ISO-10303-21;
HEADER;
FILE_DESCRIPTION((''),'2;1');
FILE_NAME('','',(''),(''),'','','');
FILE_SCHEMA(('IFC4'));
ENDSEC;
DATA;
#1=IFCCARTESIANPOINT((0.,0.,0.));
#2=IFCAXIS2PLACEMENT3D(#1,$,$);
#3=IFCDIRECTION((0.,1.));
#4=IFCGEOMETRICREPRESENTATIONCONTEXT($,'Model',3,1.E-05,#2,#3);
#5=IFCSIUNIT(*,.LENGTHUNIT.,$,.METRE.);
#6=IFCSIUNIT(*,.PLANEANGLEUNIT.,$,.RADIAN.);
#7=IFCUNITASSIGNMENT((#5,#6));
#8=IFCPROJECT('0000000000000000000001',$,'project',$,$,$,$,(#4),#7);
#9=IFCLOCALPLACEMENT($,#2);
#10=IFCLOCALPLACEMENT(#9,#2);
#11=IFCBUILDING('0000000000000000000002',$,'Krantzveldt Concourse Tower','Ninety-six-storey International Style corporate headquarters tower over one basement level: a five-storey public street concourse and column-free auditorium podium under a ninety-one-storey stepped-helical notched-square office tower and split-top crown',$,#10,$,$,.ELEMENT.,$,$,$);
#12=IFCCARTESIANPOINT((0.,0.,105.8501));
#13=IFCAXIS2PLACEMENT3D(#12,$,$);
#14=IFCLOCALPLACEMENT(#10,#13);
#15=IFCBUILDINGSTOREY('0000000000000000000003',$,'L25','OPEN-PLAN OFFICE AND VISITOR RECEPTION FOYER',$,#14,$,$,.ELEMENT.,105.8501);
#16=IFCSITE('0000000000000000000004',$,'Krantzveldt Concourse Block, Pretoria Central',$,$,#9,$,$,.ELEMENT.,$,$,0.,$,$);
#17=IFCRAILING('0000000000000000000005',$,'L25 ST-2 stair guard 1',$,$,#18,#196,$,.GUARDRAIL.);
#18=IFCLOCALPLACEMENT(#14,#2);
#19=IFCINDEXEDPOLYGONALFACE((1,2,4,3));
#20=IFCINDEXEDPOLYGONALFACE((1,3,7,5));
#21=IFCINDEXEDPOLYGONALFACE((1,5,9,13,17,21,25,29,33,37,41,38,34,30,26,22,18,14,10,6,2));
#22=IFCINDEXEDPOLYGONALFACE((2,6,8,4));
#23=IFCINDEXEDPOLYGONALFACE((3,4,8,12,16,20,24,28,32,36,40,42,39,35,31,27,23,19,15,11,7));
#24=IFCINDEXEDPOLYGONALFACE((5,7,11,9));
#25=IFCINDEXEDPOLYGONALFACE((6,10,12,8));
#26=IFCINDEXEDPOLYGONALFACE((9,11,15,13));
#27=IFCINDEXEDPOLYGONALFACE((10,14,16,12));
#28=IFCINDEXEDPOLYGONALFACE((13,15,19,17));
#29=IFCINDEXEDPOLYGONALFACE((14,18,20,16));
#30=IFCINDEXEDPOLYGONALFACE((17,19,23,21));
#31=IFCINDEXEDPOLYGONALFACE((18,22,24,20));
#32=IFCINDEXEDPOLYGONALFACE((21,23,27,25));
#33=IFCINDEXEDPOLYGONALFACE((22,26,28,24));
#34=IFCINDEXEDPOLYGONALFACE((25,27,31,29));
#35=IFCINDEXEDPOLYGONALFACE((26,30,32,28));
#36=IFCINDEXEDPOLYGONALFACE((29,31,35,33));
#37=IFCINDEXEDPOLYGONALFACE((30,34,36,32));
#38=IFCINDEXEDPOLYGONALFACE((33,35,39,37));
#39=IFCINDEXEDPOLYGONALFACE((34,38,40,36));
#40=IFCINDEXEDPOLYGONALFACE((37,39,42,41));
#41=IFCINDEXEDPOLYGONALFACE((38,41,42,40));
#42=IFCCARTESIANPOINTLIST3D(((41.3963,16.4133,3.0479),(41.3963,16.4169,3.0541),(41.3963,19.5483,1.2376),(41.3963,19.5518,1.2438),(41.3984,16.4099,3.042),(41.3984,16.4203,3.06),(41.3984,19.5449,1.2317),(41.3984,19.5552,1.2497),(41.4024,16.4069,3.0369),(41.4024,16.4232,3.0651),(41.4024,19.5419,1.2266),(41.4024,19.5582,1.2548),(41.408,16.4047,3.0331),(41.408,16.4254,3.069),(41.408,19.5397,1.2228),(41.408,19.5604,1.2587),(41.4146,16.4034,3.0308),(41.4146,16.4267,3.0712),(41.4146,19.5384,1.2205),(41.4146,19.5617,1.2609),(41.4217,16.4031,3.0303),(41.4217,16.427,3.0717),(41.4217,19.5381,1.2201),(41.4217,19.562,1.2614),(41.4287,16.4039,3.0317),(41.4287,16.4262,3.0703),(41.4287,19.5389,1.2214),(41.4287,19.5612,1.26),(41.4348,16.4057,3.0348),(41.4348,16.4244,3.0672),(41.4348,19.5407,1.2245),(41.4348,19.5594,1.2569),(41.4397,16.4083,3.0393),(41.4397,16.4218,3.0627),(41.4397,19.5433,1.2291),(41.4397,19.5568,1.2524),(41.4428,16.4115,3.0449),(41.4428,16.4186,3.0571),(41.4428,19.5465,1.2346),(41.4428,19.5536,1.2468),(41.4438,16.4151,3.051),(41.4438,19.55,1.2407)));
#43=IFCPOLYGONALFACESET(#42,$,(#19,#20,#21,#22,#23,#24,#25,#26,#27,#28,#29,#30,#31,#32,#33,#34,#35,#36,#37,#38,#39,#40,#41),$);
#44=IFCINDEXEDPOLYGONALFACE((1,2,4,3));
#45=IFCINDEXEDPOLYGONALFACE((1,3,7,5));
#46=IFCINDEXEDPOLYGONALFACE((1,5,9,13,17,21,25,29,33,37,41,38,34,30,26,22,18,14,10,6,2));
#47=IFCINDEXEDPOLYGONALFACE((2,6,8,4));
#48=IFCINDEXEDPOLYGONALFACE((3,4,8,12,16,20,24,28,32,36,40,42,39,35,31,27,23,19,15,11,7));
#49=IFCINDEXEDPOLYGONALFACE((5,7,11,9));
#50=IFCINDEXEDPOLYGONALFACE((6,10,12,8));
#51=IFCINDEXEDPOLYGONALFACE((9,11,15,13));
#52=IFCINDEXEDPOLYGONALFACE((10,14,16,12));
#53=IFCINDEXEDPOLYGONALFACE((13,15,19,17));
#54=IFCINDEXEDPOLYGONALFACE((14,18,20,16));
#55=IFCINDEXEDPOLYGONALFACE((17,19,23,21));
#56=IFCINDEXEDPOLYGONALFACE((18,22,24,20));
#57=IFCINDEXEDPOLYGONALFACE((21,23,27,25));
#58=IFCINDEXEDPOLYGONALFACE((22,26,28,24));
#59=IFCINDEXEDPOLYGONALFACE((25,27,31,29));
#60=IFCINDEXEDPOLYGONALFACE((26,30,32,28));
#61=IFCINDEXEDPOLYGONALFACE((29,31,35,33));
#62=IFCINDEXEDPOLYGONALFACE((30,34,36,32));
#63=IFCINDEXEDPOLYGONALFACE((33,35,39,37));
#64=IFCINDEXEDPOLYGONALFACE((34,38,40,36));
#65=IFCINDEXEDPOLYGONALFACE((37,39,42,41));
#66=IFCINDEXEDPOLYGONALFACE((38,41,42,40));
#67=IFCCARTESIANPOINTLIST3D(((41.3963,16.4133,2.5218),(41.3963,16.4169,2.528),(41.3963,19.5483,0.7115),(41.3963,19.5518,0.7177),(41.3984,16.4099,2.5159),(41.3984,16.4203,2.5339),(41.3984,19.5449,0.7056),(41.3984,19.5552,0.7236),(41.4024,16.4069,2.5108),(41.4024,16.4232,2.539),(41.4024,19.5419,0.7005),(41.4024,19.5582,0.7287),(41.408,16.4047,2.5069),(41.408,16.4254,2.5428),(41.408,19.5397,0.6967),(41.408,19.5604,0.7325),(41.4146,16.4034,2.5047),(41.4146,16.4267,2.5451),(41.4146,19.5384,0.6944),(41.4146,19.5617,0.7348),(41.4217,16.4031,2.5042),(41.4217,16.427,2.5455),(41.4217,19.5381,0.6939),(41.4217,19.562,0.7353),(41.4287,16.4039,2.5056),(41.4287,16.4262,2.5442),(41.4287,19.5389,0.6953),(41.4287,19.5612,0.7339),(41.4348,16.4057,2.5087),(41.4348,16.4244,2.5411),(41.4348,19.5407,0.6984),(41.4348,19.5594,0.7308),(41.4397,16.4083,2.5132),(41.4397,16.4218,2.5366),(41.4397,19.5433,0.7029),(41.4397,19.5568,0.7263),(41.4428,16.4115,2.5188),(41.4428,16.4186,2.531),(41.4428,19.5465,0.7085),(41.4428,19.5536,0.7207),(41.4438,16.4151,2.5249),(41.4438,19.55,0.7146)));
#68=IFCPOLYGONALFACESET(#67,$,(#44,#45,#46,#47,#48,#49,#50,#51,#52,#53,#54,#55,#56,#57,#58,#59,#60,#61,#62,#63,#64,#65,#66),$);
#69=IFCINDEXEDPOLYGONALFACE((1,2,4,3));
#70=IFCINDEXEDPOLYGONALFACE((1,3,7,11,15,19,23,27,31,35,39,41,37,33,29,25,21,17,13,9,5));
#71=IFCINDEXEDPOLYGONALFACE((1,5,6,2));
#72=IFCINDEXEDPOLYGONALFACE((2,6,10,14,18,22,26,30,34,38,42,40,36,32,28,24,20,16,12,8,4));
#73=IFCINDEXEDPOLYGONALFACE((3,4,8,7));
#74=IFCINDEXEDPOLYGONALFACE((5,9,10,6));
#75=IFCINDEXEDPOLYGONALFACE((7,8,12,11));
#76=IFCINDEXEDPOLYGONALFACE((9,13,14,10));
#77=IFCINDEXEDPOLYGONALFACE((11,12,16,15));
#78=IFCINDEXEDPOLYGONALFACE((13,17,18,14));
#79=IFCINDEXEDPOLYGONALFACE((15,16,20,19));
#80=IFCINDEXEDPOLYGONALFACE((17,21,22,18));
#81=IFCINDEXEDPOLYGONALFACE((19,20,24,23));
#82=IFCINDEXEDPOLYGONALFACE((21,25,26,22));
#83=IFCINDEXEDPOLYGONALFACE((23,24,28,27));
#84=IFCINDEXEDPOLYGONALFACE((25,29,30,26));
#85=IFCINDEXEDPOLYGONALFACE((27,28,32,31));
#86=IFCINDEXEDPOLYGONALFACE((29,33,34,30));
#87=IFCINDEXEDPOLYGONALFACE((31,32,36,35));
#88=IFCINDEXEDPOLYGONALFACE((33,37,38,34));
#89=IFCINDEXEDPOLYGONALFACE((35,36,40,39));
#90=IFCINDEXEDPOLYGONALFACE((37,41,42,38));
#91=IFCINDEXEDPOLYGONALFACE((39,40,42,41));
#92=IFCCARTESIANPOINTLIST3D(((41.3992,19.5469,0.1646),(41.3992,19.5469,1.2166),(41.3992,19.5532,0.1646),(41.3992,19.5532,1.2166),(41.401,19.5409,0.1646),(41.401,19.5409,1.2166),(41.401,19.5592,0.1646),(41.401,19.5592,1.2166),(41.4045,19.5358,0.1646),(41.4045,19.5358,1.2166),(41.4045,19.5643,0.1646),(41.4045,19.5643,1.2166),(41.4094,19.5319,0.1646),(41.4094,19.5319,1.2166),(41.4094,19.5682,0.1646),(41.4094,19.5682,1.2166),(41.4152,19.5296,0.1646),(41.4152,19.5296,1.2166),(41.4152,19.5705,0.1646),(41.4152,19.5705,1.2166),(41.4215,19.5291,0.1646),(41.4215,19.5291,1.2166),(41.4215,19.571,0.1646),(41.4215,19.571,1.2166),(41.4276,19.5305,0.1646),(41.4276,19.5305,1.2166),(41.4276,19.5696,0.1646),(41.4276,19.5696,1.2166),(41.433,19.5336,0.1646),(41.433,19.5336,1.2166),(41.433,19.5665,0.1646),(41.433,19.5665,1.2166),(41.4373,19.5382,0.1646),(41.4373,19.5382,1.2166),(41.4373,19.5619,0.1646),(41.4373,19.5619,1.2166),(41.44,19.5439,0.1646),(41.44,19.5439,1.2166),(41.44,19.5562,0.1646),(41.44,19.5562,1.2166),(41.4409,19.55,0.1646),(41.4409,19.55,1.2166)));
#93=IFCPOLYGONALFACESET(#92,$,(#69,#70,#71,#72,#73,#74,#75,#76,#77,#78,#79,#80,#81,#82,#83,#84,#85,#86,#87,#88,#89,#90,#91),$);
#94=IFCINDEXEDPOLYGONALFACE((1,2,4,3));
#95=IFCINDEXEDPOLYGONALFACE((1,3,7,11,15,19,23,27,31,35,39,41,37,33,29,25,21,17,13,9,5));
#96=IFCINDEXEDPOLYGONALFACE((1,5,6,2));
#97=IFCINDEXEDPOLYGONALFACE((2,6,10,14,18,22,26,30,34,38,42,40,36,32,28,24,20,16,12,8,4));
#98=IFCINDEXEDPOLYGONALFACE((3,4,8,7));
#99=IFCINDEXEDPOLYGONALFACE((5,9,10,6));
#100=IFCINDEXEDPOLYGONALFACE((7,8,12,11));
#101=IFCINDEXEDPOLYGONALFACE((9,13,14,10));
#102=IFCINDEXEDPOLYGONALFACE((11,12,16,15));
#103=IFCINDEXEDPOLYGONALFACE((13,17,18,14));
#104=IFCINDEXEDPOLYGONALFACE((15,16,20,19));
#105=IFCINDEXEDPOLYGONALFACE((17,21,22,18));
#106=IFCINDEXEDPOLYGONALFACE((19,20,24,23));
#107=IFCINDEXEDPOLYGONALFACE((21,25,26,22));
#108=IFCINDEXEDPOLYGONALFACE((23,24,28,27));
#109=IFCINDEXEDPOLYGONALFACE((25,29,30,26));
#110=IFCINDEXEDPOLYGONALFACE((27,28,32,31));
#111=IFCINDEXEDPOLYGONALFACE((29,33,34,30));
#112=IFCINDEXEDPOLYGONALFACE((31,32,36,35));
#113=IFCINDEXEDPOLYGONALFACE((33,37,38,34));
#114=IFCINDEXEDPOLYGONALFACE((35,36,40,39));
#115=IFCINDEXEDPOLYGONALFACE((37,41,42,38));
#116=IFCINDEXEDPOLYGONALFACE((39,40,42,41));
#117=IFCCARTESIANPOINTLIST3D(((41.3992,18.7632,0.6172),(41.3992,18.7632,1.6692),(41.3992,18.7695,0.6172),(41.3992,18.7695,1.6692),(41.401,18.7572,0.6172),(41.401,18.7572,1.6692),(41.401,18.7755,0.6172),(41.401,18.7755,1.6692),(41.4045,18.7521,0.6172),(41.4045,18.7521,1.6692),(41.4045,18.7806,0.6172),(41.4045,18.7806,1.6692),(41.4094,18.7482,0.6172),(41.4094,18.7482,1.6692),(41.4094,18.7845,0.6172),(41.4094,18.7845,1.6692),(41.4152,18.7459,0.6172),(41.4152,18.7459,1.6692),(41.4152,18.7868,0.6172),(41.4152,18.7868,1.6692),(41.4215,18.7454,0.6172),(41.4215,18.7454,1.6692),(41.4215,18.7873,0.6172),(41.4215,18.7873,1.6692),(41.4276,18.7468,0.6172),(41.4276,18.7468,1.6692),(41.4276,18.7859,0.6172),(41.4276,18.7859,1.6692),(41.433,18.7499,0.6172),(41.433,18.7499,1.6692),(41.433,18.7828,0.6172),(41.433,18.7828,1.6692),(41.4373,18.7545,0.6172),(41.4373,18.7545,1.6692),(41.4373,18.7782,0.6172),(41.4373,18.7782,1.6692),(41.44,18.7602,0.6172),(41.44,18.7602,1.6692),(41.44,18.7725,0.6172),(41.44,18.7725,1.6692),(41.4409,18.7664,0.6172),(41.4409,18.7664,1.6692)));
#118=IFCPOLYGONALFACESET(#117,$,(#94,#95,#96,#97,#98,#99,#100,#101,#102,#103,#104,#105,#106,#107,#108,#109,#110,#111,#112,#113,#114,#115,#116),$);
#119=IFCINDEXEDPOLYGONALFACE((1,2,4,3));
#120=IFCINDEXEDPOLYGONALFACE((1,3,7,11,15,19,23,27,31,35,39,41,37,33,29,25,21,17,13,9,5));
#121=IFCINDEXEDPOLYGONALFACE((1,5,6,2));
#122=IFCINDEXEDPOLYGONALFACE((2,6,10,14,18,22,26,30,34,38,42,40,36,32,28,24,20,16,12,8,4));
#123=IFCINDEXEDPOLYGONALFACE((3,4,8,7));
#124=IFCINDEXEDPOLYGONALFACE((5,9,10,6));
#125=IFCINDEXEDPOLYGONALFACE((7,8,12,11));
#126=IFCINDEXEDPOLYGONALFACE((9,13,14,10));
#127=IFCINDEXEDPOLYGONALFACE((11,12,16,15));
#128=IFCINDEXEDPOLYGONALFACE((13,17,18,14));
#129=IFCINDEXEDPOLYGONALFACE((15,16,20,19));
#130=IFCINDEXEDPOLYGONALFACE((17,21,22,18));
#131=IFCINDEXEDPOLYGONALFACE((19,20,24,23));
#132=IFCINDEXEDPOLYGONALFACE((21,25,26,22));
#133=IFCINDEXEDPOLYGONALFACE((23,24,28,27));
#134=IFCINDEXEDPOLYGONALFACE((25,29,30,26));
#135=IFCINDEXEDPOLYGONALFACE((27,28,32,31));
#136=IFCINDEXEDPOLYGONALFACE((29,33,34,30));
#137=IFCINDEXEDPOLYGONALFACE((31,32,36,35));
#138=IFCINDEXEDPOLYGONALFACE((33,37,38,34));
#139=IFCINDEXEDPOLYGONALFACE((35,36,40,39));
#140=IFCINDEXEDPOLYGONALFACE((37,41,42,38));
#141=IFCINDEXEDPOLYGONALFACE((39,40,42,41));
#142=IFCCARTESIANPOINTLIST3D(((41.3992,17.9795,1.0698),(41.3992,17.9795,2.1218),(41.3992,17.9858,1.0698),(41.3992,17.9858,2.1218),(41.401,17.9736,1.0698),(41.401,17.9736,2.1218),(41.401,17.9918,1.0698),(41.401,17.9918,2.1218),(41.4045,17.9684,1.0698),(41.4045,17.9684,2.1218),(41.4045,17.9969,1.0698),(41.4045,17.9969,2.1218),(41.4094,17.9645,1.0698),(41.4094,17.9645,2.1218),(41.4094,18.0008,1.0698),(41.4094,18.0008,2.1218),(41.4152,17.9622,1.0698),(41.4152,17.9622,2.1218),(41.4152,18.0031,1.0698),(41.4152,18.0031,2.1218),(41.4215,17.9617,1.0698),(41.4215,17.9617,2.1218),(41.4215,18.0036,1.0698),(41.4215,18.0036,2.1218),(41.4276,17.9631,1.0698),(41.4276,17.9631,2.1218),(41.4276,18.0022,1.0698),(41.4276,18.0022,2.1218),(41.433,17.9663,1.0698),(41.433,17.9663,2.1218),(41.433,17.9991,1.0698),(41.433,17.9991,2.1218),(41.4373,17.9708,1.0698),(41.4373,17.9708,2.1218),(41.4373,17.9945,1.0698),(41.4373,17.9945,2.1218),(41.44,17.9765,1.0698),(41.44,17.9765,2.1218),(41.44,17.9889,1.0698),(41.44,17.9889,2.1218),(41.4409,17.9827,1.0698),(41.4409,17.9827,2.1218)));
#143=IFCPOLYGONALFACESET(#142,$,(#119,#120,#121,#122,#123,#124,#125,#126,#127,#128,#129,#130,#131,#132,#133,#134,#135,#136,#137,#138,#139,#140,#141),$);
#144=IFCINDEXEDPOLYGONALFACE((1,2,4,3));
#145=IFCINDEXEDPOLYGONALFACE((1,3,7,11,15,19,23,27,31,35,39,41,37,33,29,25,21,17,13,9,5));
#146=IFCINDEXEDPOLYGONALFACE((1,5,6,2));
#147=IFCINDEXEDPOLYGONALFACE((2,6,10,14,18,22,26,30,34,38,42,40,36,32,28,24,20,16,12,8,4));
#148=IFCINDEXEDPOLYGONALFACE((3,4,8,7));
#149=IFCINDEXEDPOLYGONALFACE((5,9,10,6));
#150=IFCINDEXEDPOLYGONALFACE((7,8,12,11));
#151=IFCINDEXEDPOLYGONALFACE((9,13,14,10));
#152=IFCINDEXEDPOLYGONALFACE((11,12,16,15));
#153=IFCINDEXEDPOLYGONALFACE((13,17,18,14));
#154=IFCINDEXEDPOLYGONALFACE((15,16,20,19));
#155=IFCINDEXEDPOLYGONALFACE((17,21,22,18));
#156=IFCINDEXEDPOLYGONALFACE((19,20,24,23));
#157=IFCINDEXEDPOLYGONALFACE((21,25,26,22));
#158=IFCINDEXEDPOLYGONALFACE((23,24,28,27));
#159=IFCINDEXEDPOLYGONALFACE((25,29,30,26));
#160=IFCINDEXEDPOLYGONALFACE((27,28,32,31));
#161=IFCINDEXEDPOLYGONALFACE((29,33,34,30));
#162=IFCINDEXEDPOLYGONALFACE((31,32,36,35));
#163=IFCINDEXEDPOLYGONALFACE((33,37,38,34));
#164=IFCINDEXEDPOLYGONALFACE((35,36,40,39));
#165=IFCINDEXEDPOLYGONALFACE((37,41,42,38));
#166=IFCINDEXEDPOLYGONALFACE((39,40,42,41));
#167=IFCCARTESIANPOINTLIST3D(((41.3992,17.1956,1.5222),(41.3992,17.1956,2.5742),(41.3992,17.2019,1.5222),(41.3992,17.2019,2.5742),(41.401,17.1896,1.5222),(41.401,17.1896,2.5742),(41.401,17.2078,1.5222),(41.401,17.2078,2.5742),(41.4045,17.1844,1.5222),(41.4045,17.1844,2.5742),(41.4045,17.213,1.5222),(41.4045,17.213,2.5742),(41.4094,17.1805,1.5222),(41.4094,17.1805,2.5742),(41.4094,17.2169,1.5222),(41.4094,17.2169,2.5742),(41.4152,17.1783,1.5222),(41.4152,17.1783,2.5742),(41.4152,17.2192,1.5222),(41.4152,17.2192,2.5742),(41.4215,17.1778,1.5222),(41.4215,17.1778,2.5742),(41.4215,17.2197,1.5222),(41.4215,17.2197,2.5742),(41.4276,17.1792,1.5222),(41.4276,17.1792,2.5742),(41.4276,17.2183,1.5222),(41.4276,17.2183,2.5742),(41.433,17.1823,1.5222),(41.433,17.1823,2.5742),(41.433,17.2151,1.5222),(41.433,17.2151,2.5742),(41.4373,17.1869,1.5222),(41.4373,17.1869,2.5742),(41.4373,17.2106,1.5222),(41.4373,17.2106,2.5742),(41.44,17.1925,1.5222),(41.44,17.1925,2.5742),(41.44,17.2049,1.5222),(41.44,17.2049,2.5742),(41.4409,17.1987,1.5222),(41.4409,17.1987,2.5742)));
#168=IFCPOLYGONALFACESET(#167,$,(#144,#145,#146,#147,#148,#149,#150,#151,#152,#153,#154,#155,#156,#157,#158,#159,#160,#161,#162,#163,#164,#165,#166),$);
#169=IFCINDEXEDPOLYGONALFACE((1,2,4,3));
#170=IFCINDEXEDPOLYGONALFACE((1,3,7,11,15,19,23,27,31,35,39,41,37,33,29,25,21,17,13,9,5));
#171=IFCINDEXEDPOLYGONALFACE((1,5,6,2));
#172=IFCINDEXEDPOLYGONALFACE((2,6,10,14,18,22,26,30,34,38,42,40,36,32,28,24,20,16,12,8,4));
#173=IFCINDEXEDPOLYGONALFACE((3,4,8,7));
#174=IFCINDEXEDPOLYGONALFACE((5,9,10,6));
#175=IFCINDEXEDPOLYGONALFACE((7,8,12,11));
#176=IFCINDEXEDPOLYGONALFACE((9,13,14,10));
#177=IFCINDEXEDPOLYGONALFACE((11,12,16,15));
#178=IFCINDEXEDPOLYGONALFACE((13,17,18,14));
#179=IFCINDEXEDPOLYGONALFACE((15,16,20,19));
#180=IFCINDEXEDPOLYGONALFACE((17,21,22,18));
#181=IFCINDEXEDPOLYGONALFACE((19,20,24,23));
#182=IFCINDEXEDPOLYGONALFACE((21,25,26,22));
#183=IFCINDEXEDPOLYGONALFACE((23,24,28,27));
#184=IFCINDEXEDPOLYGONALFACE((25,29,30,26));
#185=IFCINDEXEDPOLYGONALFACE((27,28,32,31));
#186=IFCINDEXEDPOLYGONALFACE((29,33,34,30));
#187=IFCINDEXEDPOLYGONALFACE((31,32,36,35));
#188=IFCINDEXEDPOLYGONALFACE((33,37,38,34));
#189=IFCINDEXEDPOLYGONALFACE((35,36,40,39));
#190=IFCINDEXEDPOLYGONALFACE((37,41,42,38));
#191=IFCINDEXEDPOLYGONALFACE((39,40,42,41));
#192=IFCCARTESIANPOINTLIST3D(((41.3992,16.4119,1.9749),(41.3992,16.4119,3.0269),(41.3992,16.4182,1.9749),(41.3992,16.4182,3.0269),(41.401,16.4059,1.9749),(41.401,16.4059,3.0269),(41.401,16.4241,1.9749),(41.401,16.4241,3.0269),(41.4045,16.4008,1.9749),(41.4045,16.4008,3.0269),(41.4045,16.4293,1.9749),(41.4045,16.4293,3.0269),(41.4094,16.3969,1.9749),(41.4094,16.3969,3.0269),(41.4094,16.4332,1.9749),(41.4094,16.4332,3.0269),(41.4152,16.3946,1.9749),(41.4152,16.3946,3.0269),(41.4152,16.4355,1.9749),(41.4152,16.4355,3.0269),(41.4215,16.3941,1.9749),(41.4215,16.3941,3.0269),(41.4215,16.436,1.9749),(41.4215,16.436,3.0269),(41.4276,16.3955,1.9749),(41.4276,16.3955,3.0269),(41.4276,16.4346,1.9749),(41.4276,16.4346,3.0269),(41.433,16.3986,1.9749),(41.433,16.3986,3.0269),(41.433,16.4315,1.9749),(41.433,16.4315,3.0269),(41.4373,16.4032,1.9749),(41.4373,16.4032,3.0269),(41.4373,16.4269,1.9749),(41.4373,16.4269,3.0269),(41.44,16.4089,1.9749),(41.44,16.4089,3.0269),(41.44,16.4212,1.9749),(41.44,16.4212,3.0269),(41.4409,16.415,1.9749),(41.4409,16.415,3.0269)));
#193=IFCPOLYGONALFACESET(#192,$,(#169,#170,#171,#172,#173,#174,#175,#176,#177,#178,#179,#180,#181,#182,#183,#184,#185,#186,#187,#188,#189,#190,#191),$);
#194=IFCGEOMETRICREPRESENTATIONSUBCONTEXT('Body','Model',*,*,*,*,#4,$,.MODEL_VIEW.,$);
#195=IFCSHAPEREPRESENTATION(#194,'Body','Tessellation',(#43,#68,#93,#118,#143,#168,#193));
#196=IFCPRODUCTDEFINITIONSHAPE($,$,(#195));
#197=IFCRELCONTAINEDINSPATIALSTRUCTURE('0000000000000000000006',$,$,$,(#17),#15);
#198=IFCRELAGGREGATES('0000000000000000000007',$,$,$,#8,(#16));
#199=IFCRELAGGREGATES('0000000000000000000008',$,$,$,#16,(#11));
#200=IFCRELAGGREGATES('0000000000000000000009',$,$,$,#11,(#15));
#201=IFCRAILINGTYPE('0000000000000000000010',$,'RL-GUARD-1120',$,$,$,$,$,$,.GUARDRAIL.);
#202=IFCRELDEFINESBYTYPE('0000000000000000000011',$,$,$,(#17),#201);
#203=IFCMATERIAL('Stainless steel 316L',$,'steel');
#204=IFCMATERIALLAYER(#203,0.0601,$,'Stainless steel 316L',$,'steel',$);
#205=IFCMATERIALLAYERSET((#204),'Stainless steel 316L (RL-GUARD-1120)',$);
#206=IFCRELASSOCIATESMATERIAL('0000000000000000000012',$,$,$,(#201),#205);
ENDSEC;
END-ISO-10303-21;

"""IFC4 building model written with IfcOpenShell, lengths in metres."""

from ifc_helpers import new_model, si_unit, direction, frame, origin, origin_2d, place, context, subcontext, project, spatial, circle, extrude, material, layer, layer_set, type_object, element, save


model = new_model("IFC4")

# Units and contexts
model_context = context("Model", 3, precision=1e-05, world=origin(), true_north=direction((0.0, 1.0)))
body_context = subcontext(model_context, "Body", "Model", "MODEL_VIEW")
ifc_project = project(units=[si_unit("LENGTHUNIT", "METRE"), si_unit("PLANEANGLEUNIT", "RADIAN")], contexts=[model_context])

# Site, building, storey
site_placement = place(None, origin())
site = spatial("IfcSite", under=ifc_project, at=site_placement, Name="Krantzveldt Concourse Block, Pretoria Central", CompositionType="ELEMENT", RefElevation=0.0)
building_placement = place(site_placement, origin())
building = spatial("IfcBuilding", under=site, at=building_placement, Name="Krantzveldt Concourse Tower", Description="Ninety-six-storey International Style corporate headquarters tower over one basement level: a five-storey public street concourse and column-free auditorium podium under a ninety-one-storey stepped-helical notched-square office tower and split-top crown", CompositionType="ELEMENT")
storey_placement = place(building_placement, frame((0.0, 0.0, 105.8501)))
storey = spatial("IfcBuildingStorey", under=building, at=storey_placement, Name="L25", Description="OPEN-PLAN OFFICE AND VISITOR RECEPTION FOYER", CompositionType="ELEMENT", Elevation=105.8501)

# Shared definitions
ifc_material_1 = material(Name="Stainless steel 316L", Category="steel")

# Railing
ifc_layer_1 = layer(ifc_material_1, 0.0601, Name="Stainless steel 316L", Category="steel")
ifc_layer_set_1 = layer_set([ifc_layer_1], Name="Stainless steel 316L (RL-GUARD-1120)")
railing_type_1 = type_object("IfcRailingType", Name="RL-GUARD-1120", PredefinedType="GUARDRAIL", material=ifc_layer_set_1)
railing_1_placement = place(storey_placement, frame((41.4199, 19.55, 0.1646)))
element("IfcRailing", 1, at=railing_1_placement, inside=storey, type_object=railing_type_1, Name="L25 ST-2 stair guard 1", PredefinedType="GUARDRAIL", context=body_context, shape_type="SweptSolid", body=[
    extrude(circle(Radius=0.0239, at=origin_2d()), frame((0.0, 0.0, 1.0762), z_axis=(0.0, -0.865989, 0.500063), x_axis=(1.0, 0.0, 0.0)), (0.0, 0.0, 1.0), 3.6201),
    extrude(circle(Radius=0.0239, at=origin_2d()), frame((0.0, 0.0, 0.55), z_axis=(0.0, -0.865989, 0.500063), x_axis=(1.0, 0.0, 0.0)), (0.0, 0.0, 1.0), 3.6201),
    extrude(circle(Radius=0.021, at=origin_2d()), origin(), (0.0, 0.0, 1.0), 1.052),
    extrude(circle(Radius=0.021, at=origin_2d()), frame((0.0, -0.7837, 0.4526)), (0.0, 0.0, 1.0), 1.052),
    extrude(circle(Radius=0.021, at=origin_2d()), frame((0.0, -1.5674, 0.9053)), (0.0, 0.0, 1.0), 1.052),
    extrude(circle(Radius=0.021, at=origin_2d()), frame((0.0, -2.3513, 1.3577)), (0.0, 0.0, 1.0), 1.052),
    extrude(circle(Radius=0.021, at=origin_2d()), frame((0.0, -3.135, 1.8103)), (0.0, 0.0, 1.0), 1.052),
])

save(model, "model.ifc")
